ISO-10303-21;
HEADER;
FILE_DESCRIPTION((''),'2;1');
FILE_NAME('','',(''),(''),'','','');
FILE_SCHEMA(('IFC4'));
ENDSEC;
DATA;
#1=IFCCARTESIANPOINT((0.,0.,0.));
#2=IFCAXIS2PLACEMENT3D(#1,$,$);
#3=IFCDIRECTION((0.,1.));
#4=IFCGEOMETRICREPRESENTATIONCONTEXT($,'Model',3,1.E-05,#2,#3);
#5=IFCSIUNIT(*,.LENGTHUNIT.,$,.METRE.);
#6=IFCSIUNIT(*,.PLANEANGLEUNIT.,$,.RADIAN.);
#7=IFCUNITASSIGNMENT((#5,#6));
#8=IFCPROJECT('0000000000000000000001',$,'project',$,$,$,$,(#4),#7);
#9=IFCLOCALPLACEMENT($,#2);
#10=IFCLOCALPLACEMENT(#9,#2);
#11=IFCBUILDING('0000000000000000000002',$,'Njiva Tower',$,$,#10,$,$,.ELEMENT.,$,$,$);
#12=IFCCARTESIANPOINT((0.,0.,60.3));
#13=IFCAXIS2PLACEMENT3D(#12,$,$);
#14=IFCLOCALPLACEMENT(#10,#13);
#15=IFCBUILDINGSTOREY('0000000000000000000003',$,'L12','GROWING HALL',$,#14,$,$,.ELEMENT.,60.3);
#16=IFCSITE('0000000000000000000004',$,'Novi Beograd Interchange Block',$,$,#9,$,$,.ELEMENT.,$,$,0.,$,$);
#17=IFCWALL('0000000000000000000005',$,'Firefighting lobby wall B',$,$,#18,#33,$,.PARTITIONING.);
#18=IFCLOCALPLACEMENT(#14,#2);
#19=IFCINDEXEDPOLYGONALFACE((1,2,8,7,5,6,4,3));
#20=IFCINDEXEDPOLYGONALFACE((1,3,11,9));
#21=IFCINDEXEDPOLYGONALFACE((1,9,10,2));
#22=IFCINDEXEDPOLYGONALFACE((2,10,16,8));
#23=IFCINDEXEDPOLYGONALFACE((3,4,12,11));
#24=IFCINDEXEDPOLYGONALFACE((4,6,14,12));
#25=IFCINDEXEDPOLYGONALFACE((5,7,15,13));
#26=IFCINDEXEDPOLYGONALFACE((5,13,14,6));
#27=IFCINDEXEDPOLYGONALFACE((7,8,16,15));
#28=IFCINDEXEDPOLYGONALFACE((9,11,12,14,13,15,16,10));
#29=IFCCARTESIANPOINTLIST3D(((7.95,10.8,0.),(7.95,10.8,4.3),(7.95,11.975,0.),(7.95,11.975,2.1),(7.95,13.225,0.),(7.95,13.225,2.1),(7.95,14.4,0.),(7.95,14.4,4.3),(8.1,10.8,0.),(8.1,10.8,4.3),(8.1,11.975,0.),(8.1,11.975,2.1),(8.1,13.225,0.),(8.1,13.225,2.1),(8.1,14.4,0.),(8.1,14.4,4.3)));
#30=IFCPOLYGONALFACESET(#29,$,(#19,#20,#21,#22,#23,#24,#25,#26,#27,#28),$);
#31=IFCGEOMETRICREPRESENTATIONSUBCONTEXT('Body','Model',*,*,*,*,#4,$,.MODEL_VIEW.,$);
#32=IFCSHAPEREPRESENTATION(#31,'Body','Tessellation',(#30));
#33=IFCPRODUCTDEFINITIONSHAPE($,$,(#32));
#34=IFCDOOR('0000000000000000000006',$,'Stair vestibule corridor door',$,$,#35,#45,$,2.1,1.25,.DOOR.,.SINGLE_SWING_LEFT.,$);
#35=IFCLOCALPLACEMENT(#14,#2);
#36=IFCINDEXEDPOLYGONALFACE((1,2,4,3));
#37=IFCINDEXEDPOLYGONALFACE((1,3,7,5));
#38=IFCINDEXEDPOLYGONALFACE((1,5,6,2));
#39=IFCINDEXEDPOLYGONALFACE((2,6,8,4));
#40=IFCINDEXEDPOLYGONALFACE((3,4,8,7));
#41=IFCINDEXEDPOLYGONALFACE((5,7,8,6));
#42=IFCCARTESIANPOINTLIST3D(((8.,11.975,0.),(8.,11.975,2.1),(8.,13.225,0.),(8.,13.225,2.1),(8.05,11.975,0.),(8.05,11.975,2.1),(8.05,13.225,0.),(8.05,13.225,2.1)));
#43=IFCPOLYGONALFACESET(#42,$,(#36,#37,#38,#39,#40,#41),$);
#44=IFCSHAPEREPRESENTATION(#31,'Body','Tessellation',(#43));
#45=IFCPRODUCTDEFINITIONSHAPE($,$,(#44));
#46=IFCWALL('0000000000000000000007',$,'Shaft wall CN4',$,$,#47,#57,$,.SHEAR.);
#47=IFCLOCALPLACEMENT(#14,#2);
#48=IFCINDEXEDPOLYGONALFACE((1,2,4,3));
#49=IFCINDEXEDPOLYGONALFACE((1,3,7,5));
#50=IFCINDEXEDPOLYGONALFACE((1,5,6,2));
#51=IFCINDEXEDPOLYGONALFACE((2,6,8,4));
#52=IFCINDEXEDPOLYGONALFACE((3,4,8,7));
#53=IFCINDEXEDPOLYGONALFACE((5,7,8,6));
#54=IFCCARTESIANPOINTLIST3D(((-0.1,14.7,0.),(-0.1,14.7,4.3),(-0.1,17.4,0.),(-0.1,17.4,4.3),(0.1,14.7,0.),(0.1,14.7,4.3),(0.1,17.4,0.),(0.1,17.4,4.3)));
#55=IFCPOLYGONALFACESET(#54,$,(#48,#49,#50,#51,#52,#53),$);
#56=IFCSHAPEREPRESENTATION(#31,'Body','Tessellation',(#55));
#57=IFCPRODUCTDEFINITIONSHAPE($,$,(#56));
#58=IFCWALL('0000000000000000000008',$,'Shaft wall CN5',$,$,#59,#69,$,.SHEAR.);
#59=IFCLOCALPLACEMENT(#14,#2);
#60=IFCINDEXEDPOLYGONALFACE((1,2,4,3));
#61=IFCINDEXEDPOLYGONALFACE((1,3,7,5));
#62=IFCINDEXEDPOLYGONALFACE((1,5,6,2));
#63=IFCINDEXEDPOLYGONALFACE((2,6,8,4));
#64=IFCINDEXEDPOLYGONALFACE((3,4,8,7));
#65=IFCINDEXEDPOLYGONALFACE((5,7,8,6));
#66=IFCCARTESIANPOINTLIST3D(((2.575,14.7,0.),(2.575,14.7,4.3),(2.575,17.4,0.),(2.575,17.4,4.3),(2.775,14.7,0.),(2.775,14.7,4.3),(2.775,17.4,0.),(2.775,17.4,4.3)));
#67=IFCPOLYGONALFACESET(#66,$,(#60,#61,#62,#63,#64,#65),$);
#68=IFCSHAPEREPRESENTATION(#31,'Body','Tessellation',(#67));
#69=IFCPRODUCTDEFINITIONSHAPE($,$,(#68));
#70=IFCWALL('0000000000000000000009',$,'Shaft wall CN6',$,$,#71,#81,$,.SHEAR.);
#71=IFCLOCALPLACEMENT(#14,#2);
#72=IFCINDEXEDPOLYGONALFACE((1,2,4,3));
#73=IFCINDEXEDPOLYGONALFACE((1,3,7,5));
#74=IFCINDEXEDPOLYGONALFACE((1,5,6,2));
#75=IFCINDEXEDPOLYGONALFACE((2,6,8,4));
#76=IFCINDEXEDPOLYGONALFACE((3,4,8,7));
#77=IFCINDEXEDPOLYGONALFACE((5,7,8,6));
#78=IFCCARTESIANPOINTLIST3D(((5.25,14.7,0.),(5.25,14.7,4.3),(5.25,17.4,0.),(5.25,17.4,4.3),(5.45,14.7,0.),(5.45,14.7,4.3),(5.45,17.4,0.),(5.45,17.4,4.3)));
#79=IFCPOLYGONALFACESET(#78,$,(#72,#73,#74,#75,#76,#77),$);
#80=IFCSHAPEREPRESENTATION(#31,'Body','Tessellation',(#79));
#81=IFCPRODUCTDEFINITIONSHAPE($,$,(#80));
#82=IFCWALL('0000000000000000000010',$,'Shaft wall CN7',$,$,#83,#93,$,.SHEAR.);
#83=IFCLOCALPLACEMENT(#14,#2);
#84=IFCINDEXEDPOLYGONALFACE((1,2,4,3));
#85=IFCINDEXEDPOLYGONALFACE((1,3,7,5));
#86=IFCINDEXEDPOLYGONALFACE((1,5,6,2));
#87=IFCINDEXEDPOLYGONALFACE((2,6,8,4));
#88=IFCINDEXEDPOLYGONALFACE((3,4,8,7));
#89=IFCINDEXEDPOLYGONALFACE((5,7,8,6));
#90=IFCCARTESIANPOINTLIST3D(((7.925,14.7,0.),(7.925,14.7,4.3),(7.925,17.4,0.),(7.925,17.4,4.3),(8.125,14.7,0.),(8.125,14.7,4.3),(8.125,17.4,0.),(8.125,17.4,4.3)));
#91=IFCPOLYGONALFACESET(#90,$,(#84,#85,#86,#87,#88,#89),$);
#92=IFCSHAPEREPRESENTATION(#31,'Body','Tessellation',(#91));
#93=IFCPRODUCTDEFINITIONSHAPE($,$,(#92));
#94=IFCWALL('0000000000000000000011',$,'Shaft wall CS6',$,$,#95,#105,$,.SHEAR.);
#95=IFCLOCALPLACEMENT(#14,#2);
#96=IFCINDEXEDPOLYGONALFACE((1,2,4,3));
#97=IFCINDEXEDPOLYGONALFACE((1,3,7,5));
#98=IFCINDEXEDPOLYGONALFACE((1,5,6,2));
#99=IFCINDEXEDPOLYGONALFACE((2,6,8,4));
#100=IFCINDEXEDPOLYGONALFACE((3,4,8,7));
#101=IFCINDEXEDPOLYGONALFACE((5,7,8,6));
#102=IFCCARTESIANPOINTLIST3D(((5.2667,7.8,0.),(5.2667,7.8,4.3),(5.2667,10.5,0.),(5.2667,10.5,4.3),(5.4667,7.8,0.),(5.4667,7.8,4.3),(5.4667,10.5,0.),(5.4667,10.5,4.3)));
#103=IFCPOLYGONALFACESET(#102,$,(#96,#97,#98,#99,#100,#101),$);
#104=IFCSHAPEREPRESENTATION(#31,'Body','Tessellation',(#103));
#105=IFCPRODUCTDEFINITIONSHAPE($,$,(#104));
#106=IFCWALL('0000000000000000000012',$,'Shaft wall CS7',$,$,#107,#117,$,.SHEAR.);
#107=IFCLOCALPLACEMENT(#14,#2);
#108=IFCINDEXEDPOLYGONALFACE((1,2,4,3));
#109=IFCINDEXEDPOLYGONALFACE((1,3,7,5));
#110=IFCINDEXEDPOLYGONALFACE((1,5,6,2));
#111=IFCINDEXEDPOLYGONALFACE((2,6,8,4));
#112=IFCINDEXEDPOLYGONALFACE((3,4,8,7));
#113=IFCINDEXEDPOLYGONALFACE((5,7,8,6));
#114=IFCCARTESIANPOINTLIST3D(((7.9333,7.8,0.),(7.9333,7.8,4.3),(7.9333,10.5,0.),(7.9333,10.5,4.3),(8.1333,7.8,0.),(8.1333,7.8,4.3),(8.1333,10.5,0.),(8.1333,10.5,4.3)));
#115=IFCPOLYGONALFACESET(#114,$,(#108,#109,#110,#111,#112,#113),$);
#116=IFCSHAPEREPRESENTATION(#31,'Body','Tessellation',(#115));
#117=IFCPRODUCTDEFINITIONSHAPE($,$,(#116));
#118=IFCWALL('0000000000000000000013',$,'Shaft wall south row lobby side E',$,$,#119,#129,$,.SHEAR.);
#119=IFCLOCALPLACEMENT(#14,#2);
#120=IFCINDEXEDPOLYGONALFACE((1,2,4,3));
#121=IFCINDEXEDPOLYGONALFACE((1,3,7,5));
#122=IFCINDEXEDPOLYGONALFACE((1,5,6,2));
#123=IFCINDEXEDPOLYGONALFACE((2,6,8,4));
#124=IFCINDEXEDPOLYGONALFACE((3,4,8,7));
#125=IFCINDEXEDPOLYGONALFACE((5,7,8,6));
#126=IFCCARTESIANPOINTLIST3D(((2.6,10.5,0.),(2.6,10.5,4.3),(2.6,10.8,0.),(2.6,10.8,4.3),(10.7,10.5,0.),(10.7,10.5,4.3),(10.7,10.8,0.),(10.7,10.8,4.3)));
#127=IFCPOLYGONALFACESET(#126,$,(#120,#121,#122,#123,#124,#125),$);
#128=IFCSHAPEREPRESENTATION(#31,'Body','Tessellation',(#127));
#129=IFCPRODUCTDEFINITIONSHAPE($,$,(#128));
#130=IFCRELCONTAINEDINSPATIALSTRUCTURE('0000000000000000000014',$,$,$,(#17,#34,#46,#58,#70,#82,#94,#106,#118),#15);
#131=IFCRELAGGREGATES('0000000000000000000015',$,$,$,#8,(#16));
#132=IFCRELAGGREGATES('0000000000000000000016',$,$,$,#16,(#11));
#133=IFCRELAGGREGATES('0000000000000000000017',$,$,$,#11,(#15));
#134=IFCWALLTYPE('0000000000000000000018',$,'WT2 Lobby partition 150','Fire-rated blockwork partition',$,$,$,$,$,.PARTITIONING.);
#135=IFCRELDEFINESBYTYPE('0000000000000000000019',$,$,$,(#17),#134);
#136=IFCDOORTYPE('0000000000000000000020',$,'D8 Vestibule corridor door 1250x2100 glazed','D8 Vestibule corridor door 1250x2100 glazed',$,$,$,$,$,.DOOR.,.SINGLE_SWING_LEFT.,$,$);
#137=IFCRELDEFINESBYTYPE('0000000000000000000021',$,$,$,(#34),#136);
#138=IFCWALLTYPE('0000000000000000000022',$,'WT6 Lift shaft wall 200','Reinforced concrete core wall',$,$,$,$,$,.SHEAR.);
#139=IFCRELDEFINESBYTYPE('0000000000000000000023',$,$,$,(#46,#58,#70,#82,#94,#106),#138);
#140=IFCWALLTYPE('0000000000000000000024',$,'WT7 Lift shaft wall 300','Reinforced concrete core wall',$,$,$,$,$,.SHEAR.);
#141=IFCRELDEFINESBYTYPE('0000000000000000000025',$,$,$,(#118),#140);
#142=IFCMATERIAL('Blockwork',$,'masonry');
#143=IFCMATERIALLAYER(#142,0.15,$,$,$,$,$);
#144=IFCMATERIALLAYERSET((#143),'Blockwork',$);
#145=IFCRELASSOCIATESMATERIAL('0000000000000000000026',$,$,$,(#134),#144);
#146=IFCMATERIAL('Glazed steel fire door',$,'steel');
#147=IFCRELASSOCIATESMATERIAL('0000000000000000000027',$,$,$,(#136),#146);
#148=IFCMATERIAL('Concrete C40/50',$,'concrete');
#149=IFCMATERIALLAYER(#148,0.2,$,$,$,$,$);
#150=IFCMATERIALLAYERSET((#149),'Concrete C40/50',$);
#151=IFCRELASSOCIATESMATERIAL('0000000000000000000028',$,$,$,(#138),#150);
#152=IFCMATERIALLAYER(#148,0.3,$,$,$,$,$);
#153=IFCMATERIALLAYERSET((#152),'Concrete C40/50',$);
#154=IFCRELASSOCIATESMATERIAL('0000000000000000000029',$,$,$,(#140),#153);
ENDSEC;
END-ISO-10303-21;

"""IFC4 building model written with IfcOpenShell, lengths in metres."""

from ifc_helpers import new_model, si_unit, direction, frame, frame_2d, origin, place, context, subcontext, project, spatial, rectangle, extrude, material, layer, layer_set, type_object, element, fill, save


model = new_model("IFC4")

# Units and contexts
model_context = context("Model", 3, precision=1e-05, world=origin(), true_north=direction((0.0, 1.0)))
body_context = subcontext(model_context, "Body", "Model", "MODEL_VIEW")
ifc_project = project(units=[si_unit("LENGTHUNIT", "METRE"), si_unit("PLANEANGLEUNIT", "RADIAN")], contexts=[model_context])

# Site, building, storey
site_placement = place(None, origin())
site = spatial("IfcSite", under=ifc_project, at=site_placement, Name="Novi Beograd Interchange Block", CompositionType="ELEMENT", RefElevation=0.0)
building_placement = place(site_placement, origin())
building = spatial("IfcBuilding", under=site, at=building_placement, Name="Njiva Tower", CompositionType="ELEMENT")
storey_placement = place(building_placement, frame((0.0, 0.0, 60.3)))
storey = spatial("IfcBuildingStorey", under=building, at=storey_placement, Name="L12", Description="GROWING HALL", CompositionType="ELEMENT", Elevation=60.3)

# Wall, opening, door
ifc_material_1 = material(Name="Concrete C40/50", Category="concrete")
ifc_material_2 = material(Name="Glazed steel fire door", Category="steel")
ifc_material_3 = material(Name="Blockwork", Category="masonry")
ifc_layer_1 = layer(ifc_material_3, 0.15)
ifc_layer_set_1 = layer_set([ifc_layer_1], Name="Blockwork")
wall_type_1 = type_object("IfcWallType", Name="WT2 Lobby partition 150", Description="Fire-rated blockwork partition", PredefinedType="PARTITIONING", material=ifc_layer_set_1)
wall_1_placement = place(storey_placement, frame((8.025, 10.8, 0.0), z_axis=(0.0, 0.0, 1.0), x_axis=(0.0, 1.0, 0.0)))
wall_1 = element("IfcWall", 1, at=wall_1_placement, inside=storey, type_object=wall_type_1, Name="Firefighting lobby wall B", PredefinedType="PARTITIONING", context=body_context, shape_type="SweptSolid", body=[
    extrude(rectangle(XDim=3.6, YDim=0.15, at=frame_2d((1.8, 0.0))), origin(), (0.0, 0.0, 1.0), 4.3),
])
opening_1_placement = place(wall_1_placement, frame((1.175, 0.0, 0.0)))
opening_1 = element("IfcOpeningElement", 2, at=opening_1_placement, cuts=wall_1, PredefinedType="OPENING", context=body_context, shape_type="SweptSolid", body=[
    extrude(rectangle(XDim=1.25, YDim=2.1, at=frame_2d((0.625, 1.05))), frame((0.0, 0.085, 0.0), z_axis=(0.0, -1.0, 0.0), x_axis=(1.0, 0.0, 0.0)), (0.0, 0.0, 1.0), 0.17),
])
door_type_1 = type_object("IfcDoorType", Name="D8 Vestibule corridor door 1250x2100 glazed", Description="D8 Vestibule corridor door 1250x2100 glazed", OperationType="SINGLE_SWING_LEFT", PredefinedType="DOOR", material=ifc_material_2)
door_1_placement = place(opening_1_placement, origin())
door_1 = element("IfcDoor", 3, at=door_1_placement, inside=storey, type_object=door_type_1, Name="Stair vestibule corridor door", OperationType="SINGLE_SWING_LEFT", OverallHeight=2.1, OverallWidth=1.25, PredefinedType="DOOR", context=body_context, shape_type="SweptSolid", body=[
    extrude(rectangle(XDim=1.25, YDim=2.1, at=frame_2d((0.625, 1.05))), frame((0.0, 0.025, 0.0), z_axis=(0.0, -1.0, 0.0), x_axis=(1.0, 0.0, 0.0)), (0.0, 0.0, 1.0), 0.05),
])
fill(opening_1, door_1)

# Walls
ifc_layer_2 = layer(ifc_material_1, 0.2)
ifc_layer_set_2 = layer_set([ifc_layer_2], Name="Concrete C40/50")
wall_type_2 = type_object("IfcWallType", Name="WT6 Lift shaft wall 200", Description="Reinforced concrete core wall", PredefinedType="SHEAR", material=ifc_layer_set_2)
for number, where, z_axis, x_axis, name in (
    (4, (0.0, 14.7, 0.0), (0.0, 0.0, 1.0), (0.0, 1.0, 0.0), "Shaft wall CN4"),
    (5, (2.675, 14.7, 0.0), (0.0, 0.0, 1.0), (0.0, 1.0, 0.0), "Shaft wall CN5"),
    (6, (5.35, 14.7, 0.0), (0.0, 0.0, 1.0), (0.0, 1.0, 0.0), "Shaft wall CN6"),
    (7, (8.025, 14.7, 0.0), (0.0, 0.0, 1.0), (0.0, 1.0, 0.0), "Shaft wall CN7"),
    (8, (5.3667, 7.8, 0.0), (0.0, 0.0, 1.0), (0.0, 1.0, 0.0), "Shaft wall CS6"),
    (9, (8.0333, 7.8, 0.0), (0.0, 0.0, 1.0), (0.0, 1.0, 0.0), "Shaft wall CS7"),
):
    element("IfcWall", number, at=place(storey_placement, frame(where, z_axis=z_axis, x_axis=x_axis)), inside=storey, type_object=wall_type_2, Name=name, PredefinedType="SHEAR", context=body_context, shape_type="SweptSolid", body=[
        extrude(rectangle(XDim=2.7, YDim=0.2, at=frame_2d((1.35, 0.0))), origin(), (0.0, 0.0, 1.0), 4.3),
    ])
ifc_layer_3 = layer(ifc_material_1, 0.3)
ifc_layer_set_3 = layer_set([ifc_layer_3], Name="Concrete C40/50")
wall_type_3 = type_object("IfcWallType", Name="WT7 Lift shaft wall 300", Description="Reinforced concrete core wall", PredefinedType="SHEAR", material=ifc_layer_set_3)
wall_2_placement = place(storey_placement, frame((2.6, 10.65, 0.0), z_axis=(0.0, 0.0, 1.0), x_axis=(1.0, 0.0, 0.0)))
element("IfcWall", 10, at=wall_2_placement, inside=storey, type_object=wall_type_3, Name="Shaft wall south row lobby side E", PredefinedType="SHEAR", context=body_context, shape_type="SweptSolid", body=[
    extrude(rectangle(XDim=8.1, YDim=0.3, at=frame_2d((4.05, 0.0))), origin(), (0.0, 0.0, 1.0), 4.3),
])

save(model, "model.ifc")
